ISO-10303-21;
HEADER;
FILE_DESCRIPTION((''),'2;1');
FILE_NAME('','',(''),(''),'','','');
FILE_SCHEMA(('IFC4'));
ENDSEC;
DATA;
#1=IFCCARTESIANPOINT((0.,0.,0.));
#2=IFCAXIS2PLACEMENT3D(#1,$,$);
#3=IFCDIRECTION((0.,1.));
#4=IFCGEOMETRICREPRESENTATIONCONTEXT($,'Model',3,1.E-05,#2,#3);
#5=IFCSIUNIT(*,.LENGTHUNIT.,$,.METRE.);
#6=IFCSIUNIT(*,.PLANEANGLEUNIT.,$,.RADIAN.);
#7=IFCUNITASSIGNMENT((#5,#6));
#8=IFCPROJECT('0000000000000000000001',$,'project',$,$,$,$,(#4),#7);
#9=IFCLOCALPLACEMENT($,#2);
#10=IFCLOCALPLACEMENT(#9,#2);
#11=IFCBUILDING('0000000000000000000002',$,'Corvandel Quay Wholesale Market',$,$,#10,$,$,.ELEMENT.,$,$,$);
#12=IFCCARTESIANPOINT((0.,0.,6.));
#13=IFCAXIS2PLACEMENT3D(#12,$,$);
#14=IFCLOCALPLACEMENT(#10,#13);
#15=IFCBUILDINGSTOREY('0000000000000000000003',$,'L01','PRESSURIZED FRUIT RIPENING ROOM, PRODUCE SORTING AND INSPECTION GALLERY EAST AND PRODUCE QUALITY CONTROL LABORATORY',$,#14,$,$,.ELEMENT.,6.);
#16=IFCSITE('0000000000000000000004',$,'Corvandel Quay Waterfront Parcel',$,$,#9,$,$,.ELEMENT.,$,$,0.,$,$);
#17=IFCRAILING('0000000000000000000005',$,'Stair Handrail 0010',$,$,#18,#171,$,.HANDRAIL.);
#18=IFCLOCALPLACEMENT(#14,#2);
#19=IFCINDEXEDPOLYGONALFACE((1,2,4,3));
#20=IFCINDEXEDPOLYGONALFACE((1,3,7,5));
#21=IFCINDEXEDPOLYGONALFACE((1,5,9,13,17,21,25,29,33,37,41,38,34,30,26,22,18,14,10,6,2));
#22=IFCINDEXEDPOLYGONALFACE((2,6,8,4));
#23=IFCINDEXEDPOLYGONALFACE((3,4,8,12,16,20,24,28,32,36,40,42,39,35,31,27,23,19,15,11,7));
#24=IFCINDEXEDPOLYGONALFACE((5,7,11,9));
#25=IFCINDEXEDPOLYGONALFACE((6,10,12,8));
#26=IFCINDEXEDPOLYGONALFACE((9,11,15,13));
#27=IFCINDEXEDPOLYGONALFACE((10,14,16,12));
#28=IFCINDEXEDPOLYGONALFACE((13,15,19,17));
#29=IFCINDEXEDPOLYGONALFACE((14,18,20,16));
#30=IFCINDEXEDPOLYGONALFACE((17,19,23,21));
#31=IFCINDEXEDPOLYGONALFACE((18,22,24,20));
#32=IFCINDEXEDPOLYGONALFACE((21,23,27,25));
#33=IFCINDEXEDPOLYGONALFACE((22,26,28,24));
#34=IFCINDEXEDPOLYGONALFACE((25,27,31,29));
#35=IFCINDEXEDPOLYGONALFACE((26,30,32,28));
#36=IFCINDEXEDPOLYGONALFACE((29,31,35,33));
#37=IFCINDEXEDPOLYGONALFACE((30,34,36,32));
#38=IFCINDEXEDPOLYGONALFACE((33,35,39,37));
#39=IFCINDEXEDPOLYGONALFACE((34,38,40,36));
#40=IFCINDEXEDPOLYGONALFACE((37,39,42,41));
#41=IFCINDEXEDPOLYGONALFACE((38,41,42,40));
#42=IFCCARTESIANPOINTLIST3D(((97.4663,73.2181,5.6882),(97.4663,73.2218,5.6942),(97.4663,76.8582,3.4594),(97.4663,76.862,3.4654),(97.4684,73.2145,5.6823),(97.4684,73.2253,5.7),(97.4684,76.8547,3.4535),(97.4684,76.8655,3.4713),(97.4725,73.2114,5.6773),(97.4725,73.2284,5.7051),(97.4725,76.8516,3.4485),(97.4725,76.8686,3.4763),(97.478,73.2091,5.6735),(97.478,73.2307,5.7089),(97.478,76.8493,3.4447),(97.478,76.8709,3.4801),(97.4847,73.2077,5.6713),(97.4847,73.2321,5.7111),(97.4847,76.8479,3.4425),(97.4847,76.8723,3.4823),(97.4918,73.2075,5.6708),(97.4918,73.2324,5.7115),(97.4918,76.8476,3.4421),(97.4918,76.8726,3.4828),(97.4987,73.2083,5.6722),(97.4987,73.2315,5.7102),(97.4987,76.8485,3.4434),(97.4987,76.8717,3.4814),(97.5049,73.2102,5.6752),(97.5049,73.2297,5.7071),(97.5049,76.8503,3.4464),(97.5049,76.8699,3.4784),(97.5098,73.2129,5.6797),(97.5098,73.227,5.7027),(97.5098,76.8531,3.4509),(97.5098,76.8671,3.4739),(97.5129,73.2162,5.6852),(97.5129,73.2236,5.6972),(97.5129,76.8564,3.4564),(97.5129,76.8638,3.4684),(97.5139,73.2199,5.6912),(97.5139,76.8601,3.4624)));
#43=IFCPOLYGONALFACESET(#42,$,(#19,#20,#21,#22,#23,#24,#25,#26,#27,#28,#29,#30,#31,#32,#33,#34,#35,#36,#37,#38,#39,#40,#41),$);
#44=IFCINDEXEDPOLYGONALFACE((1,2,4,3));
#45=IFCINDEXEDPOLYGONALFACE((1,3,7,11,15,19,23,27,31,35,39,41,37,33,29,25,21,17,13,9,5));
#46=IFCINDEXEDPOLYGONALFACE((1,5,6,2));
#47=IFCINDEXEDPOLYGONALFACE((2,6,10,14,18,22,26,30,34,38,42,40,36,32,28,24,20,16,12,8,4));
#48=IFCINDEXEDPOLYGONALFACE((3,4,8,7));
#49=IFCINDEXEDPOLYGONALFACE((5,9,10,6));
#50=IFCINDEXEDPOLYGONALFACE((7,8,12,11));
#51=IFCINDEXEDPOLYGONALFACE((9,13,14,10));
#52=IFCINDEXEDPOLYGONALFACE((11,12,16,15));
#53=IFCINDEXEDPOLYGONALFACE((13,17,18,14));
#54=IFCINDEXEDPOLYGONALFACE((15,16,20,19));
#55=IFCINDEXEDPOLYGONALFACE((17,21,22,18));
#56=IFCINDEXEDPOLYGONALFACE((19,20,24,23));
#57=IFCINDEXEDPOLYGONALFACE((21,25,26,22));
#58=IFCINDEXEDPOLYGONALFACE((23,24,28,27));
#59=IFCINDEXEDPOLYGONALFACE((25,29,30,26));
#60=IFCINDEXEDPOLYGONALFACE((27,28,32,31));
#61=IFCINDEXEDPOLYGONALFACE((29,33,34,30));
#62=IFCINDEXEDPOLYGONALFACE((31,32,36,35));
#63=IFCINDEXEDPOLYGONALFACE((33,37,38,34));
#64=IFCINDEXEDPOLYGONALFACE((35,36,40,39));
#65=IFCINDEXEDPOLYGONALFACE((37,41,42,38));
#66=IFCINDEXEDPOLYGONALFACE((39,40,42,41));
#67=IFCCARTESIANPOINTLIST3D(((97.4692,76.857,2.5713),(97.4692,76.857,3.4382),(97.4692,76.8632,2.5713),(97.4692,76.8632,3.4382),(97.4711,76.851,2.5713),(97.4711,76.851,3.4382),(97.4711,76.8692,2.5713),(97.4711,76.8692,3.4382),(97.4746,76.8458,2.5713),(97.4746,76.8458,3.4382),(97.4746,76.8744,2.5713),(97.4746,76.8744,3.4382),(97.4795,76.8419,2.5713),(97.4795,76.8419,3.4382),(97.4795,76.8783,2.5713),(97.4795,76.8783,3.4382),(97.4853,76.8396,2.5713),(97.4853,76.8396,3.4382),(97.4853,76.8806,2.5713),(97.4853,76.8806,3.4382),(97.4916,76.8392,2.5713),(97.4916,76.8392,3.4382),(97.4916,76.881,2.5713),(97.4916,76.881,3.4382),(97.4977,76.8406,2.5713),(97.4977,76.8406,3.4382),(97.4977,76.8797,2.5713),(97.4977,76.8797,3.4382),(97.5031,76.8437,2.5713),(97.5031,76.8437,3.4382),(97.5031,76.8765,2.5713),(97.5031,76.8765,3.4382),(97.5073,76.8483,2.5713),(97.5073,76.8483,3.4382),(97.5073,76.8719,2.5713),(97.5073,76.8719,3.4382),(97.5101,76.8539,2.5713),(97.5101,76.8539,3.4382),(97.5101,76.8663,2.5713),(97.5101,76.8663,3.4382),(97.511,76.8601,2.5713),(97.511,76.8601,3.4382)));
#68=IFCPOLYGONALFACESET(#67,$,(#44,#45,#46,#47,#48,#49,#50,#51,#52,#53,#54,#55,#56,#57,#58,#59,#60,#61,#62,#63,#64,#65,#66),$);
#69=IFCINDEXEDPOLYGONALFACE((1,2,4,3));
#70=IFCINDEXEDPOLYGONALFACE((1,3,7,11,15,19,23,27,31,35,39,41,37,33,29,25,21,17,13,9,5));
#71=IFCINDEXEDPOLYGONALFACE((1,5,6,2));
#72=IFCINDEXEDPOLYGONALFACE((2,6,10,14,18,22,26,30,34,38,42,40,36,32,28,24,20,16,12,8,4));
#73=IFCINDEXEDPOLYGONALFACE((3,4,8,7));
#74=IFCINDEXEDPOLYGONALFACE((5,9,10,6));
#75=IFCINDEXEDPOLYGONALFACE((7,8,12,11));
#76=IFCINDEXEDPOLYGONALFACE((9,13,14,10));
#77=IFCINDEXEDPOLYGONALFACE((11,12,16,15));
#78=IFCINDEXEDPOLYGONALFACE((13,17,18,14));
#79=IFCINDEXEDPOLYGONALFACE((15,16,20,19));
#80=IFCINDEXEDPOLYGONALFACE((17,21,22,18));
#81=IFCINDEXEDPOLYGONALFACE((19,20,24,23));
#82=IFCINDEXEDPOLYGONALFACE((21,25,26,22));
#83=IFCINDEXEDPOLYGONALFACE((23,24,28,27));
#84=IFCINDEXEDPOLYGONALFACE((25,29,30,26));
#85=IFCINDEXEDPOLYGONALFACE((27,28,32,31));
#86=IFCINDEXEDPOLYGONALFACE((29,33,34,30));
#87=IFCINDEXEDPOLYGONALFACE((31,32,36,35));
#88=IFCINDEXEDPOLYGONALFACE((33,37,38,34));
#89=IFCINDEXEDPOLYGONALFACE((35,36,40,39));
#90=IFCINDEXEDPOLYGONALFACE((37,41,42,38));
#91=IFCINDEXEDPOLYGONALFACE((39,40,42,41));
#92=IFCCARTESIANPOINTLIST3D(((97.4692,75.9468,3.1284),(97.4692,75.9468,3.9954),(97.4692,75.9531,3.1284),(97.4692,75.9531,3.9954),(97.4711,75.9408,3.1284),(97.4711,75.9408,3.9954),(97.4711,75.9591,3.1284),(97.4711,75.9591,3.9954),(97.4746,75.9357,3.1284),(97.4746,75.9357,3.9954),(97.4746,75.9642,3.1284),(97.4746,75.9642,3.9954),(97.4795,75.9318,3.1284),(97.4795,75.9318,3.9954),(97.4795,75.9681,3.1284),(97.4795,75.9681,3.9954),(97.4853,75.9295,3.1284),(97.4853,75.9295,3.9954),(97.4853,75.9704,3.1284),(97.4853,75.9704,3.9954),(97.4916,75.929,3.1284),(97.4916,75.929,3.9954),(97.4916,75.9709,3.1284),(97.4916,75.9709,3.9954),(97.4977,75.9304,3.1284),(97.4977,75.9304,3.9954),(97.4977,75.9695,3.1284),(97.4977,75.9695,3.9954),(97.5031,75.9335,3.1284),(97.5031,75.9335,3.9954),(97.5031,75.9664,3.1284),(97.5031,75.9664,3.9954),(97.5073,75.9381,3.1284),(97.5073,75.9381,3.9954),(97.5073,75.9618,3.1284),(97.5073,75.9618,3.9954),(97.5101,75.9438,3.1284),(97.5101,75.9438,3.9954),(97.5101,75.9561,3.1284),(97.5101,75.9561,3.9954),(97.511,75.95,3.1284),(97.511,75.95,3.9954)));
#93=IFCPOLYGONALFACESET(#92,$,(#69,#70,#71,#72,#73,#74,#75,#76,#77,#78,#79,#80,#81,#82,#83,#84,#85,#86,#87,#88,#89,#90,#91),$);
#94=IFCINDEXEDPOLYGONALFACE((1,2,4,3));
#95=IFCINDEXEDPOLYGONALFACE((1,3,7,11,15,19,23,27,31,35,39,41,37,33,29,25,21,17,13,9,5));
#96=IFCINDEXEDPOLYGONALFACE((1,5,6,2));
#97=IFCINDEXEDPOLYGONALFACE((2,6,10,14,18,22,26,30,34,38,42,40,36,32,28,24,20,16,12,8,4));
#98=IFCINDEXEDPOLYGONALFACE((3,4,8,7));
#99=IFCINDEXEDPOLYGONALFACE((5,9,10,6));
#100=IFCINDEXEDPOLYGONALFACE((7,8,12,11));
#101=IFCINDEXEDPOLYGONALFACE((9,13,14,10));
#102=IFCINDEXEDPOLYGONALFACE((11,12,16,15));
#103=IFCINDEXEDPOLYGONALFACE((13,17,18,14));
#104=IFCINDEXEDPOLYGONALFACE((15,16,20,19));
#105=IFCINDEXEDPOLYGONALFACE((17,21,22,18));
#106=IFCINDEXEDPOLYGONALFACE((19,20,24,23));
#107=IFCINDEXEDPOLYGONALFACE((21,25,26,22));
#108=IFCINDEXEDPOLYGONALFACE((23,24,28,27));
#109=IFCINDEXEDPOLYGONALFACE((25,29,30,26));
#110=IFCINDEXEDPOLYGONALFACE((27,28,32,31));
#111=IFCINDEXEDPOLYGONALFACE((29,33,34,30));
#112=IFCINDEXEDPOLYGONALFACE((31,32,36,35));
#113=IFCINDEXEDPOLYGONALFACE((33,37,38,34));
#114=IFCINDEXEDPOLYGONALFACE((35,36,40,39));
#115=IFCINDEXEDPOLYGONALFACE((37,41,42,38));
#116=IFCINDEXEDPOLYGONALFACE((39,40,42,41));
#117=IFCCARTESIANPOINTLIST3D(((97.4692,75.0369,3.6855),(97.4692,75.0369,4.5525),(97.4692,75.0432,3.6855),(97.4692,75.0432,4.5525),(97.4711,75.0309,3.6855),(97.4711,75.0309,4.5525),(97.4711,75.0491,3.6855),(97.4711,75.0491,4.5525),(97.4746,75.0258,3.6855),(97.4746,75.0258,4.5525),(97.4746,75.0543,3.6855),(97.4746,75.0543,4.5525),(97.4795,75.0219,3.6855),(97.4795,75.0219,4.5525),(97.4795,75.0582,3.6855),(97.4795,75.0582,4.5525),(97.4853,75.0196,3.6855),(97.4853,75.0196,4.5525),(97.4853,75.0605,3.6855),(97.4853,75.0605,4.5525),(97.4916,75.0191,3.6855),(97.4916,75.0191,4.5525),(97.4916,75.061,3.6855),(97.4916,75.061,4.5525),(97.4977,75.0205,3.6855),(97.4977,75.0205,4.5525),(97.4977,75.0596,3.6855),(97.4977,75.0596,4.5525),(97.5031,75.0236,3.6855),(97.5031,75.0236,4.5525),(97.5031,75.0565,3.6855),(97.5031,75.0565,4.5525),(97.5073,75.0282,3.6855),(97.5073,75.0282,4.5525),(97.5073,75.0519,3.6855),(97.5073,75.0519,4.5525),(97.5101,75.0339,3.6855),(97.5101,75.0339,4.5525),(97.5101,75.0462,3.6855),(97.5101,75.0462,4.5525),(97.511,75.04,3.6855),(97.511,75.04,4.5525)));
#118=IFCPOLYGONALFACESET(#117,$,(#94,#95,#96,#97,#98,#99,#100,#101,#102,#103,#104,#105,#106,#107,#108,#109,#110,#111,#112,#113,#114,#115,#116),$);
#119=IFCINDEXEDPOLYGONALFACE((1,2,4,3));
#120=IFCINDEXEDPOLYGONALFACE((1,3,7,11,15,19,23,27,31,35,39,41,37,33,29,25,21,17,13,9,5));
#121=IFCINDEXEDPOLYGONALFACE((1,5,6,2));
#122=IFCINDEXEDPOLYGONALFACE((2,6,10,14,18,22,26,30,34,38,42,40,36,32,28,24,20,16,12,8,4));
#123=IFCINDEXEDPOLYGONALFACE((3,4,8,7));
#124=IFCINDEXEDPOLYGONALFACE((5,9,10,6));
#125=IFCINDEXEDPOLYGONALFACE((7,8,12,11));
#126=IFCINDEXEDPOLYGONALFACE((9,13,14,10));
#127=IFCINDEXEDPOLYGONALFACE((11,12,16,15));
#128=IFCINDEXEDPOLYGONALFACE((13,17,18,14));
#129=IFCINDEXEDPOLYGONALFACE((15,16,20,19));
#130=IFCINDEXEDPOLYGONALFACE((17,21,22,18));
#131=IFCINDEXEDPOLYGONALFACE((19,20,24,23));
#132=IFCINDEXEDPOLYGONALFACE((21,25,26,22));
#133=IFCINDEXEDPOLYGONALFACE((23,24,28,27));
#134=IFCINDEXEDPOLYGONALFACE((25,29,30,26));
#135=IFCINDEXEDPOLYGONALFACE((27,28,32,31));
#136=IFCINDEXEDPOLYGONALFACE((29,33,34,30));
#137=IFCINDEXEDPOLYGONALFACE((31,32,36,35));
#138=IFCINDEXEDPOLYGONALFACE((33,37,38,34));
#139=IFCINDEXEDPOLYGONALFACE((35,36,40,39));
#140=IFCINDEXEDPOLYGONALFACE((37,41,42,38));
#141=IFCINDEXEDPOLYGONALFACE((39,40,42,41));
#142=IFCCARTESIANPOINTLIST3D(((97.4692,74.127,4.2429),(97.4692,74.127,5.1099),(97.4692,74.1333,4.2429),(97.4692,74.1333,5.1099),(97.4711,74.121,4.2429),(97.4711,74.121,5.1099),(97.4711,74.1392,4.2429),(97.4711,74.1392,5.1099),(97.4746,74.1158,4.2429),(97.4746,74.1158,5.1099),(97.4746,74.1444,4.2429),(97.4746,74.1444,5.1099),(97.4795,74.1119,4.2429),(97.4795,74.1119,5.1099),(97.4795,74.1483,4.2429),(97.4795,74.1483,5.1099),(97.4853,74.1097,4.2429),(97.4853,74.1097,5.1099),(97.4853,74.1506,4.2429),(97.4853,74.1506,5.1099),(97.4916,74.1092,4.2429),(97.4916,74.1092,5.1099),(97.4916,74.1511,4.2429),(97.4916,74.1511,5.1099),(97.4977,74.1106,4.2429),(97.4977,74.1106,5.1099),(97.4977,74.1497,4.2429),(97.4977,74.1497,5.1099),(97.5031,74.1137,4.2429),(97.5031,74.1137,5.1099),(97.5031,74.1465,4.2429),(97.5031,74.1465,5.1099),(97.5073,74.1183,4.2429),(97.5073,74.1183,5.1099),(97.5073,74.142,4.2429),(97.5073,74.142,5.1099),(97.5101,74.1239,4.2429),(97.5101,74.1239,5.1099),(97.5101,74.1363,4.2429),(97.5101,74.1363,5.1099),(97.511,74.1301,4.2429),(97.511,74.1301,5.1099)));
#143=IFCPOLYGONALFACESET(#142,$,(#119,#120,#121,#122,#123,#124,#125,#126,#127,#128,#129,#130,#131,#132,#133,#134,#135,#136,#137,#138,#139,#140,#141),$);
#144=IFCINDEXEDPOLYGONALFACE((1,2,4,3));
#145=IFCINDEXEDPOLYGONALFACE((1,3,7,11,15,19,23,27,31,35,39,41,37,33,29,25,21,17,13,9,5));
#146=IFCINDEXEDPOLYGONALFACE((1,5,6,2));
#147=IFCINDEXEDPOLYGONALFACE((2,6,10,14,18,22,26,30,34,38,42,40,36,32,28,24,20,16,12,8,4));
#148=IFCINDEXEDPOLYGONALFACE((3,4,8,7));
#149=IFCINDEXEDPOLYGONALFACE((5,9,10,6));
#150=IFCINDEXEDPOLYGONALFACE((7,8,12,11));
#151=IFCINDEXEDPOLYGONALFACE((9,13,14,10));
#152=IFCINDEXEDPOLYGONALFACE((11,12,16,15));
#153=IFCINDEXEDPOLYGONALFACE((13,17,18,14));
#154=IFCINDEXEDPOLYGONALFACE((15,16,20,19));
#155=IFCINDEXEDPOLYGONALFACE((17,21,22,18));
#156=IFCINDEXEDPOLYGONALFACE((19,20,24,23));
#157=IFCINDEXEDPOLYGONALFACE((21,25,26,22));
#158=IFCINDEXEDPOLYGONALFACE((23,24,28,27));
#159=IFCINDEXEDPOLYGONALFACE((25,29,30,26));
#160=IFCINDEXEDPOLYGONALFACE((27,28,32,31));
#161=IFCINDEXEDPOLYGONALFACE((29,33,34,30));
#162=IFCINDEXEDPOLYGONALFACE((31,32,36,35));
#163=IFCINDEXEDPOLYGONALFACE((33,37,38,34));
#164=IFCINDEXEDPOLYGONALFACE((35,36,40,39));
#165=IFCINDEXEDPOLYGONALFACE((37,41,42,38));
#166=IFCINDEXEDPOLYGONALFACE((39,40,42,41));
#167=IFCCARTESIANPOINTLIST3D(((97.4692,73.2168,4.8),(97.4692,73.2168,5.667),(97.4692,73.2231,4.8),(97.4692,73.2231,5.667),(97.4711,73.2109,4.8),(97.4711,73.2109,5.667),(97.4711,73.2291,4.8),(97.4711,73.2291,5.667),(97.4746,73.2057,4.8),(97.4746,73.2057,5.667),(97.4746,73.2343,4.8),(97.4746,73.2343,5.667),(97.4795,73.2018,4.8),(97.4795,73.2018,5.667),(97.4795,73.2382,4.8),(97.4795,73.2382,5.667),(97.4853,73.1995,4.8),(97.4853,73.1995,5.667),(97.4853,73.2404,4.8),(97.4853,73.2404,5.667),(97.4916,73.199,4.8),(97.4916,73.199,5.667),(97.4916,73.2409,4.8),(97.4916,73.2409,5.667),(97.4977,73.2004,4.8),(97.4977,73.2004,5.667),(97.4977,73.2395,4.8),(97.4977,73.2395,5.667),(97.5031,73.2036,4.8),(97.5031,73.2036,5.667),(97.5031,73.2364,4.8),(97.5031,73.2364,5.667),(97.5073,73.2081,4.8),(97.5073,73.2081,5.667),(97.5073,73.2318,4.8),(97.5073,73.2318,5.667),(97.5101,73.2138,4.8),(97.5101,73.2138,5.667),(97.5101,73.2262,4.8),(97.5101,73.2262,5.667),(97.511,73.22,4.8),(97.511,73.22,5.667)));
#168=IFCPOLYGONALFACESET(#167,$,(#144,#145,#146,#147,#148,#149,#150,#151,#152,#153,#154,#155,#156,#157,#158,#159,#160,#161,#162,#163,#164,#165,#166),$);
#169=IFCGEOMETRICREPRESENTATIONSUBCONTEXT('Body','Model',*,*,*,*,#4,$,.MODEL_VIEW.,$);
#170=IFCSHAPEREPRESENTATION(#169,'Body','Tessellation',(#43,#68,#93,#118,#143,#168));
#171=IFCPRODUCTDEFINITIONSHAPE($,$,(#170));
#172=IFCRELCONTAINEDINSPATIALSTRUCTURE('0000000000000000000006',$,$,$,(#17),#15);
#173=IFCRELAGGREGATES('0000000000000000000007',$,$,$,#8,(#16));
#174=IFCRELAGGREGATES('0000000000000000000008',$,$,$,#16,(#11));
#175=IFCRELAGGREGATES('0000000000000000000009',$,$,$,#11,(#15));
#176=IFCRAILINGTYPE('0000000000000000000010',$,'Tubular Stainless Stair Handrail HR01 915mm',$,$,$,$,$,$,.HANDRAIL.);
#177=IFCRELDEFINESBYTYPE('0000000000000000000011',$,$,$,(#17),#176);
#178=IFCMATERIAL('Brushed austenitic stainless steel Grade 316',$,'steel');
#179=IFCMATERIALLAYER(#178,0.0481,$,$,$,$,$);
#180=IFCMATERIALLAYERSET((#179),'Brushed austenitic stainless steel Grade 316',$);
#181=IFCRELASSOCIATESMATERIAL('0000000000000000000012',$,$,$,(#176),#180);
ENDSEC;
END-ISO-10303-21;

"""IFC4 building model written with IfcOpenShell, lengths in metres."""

from ifc_helpers import new_model, si_unit, direction, frame, origin, origin_2d, place, context, subcontext, project, spatial, circle, extrude, material, layer, layer_set, type_object, element, save


model = new_model("IFC4")

# Units and contexts
model_context = context("Model", 3, precision=1e-05, world=origin(), true_north=direction((0.0, 1.0)))
body_context = subcontext(model_context, "Body", "Model", "MODEL_VIEW")
ifc_project = project(units=[si_unit("LENGTHUNIT", "METRE"), si_unit("PLANEANGLEUNIT", "RADIAN")], contexts=[model_context])

# Site, building, storey
site_placement = place(None, origin())
site = spatial("IfcSite", under=ifc_project, at=site_placement, Name="Corvandel Quay Waterfront Parcel", CompositionType="ELEMENT", RefElevation=0.0)
building_placement = place(site_placement, origin())
building = spatial("IfcBuilding", under=site, at=building_placement, Name="Corvandel Quay Wholesale Market", CompositionType="ELEMENT")
storey_placement = place(building_placement, frame((0.0, 0.0, 6.0)))
storey = spatial("IfcBuildingStorey", under=building, at=storey_placement, Name="L01", Description="PRESSURIZED FRUIT RIPENING ROOM, PRODUCE SORTING AND INSPECTION GALLERY EAST AND PRODUCE QUALITY CONTROL LABORATORY", CompositionType="ELEMENT", Elevation=6.0)

# Railing
ifc_material_1 = material(Name="Brushed austenitic stainless steel Grade 316", Category="steel")
ifc_layer_1 = layer(ifc_material_1, 0.0481)
ifc_layer_set_1 = layer_set([ifc_layer_1], Name="Brushed austenitic stainless steel Grade 316")
railing_type_1 = type_object("IfcRailingType", Name="Tubular Stainless Stair Handrail HR01 915mm", PredefinedType="HANDRAIL", material=ifc_layer_set_1)
for number, where, name in (
    (1, (97.49, 76.8601, 2.5713), "Stair Handrail 0010"),
):
    element("IfcRailing", number, at=place(storey_placement, frame(where)), inside=storey, type_object=railing_type_1, Name=name, PredefinedType="HANDRAIL", context=body_context, shape_type="SweptSolid", body=[
        extrude(circle(Radius=0.0239, at=origin_2d()), frame((0.0, 0.0, 0.8911), z_axis=(0.0, -0.85284, 0.522172), x_axis=(1.0, 0.0, 0.0)), (0.0, 0.0, 1.0), 4.2683),
        extrude(circle(Radius=0.021, at=origin_2d()), origin(), (0.0, 0.0, 1.0), 0.8669),
        extrude(circle(Radius=0.021, at=origin_2d()), frame((0.0, -0.9102, 0.5571)), (0.0, 0.0, 1.0), 0.8669),
        extrude(circle(Radius=0.021, at=origin_2d()), frame((0.0, -1.8201, 1.1143)), (0.0, 0.0, 1.0), 0.8669),
        extrude(circle(Radius=0.021, at=origin_2d()), frame((0.0, -2.73, 1.6716)), (0.0, 0.0, 1.0), 0.8669),
        extrude(circle(Radius=0.021, at=origin_2d()), frame((0.0, -3.6401, 2.2288)), (0.0, 0.0, 1.0), 0.8669),
    ])

save(model, "model.ifc")
